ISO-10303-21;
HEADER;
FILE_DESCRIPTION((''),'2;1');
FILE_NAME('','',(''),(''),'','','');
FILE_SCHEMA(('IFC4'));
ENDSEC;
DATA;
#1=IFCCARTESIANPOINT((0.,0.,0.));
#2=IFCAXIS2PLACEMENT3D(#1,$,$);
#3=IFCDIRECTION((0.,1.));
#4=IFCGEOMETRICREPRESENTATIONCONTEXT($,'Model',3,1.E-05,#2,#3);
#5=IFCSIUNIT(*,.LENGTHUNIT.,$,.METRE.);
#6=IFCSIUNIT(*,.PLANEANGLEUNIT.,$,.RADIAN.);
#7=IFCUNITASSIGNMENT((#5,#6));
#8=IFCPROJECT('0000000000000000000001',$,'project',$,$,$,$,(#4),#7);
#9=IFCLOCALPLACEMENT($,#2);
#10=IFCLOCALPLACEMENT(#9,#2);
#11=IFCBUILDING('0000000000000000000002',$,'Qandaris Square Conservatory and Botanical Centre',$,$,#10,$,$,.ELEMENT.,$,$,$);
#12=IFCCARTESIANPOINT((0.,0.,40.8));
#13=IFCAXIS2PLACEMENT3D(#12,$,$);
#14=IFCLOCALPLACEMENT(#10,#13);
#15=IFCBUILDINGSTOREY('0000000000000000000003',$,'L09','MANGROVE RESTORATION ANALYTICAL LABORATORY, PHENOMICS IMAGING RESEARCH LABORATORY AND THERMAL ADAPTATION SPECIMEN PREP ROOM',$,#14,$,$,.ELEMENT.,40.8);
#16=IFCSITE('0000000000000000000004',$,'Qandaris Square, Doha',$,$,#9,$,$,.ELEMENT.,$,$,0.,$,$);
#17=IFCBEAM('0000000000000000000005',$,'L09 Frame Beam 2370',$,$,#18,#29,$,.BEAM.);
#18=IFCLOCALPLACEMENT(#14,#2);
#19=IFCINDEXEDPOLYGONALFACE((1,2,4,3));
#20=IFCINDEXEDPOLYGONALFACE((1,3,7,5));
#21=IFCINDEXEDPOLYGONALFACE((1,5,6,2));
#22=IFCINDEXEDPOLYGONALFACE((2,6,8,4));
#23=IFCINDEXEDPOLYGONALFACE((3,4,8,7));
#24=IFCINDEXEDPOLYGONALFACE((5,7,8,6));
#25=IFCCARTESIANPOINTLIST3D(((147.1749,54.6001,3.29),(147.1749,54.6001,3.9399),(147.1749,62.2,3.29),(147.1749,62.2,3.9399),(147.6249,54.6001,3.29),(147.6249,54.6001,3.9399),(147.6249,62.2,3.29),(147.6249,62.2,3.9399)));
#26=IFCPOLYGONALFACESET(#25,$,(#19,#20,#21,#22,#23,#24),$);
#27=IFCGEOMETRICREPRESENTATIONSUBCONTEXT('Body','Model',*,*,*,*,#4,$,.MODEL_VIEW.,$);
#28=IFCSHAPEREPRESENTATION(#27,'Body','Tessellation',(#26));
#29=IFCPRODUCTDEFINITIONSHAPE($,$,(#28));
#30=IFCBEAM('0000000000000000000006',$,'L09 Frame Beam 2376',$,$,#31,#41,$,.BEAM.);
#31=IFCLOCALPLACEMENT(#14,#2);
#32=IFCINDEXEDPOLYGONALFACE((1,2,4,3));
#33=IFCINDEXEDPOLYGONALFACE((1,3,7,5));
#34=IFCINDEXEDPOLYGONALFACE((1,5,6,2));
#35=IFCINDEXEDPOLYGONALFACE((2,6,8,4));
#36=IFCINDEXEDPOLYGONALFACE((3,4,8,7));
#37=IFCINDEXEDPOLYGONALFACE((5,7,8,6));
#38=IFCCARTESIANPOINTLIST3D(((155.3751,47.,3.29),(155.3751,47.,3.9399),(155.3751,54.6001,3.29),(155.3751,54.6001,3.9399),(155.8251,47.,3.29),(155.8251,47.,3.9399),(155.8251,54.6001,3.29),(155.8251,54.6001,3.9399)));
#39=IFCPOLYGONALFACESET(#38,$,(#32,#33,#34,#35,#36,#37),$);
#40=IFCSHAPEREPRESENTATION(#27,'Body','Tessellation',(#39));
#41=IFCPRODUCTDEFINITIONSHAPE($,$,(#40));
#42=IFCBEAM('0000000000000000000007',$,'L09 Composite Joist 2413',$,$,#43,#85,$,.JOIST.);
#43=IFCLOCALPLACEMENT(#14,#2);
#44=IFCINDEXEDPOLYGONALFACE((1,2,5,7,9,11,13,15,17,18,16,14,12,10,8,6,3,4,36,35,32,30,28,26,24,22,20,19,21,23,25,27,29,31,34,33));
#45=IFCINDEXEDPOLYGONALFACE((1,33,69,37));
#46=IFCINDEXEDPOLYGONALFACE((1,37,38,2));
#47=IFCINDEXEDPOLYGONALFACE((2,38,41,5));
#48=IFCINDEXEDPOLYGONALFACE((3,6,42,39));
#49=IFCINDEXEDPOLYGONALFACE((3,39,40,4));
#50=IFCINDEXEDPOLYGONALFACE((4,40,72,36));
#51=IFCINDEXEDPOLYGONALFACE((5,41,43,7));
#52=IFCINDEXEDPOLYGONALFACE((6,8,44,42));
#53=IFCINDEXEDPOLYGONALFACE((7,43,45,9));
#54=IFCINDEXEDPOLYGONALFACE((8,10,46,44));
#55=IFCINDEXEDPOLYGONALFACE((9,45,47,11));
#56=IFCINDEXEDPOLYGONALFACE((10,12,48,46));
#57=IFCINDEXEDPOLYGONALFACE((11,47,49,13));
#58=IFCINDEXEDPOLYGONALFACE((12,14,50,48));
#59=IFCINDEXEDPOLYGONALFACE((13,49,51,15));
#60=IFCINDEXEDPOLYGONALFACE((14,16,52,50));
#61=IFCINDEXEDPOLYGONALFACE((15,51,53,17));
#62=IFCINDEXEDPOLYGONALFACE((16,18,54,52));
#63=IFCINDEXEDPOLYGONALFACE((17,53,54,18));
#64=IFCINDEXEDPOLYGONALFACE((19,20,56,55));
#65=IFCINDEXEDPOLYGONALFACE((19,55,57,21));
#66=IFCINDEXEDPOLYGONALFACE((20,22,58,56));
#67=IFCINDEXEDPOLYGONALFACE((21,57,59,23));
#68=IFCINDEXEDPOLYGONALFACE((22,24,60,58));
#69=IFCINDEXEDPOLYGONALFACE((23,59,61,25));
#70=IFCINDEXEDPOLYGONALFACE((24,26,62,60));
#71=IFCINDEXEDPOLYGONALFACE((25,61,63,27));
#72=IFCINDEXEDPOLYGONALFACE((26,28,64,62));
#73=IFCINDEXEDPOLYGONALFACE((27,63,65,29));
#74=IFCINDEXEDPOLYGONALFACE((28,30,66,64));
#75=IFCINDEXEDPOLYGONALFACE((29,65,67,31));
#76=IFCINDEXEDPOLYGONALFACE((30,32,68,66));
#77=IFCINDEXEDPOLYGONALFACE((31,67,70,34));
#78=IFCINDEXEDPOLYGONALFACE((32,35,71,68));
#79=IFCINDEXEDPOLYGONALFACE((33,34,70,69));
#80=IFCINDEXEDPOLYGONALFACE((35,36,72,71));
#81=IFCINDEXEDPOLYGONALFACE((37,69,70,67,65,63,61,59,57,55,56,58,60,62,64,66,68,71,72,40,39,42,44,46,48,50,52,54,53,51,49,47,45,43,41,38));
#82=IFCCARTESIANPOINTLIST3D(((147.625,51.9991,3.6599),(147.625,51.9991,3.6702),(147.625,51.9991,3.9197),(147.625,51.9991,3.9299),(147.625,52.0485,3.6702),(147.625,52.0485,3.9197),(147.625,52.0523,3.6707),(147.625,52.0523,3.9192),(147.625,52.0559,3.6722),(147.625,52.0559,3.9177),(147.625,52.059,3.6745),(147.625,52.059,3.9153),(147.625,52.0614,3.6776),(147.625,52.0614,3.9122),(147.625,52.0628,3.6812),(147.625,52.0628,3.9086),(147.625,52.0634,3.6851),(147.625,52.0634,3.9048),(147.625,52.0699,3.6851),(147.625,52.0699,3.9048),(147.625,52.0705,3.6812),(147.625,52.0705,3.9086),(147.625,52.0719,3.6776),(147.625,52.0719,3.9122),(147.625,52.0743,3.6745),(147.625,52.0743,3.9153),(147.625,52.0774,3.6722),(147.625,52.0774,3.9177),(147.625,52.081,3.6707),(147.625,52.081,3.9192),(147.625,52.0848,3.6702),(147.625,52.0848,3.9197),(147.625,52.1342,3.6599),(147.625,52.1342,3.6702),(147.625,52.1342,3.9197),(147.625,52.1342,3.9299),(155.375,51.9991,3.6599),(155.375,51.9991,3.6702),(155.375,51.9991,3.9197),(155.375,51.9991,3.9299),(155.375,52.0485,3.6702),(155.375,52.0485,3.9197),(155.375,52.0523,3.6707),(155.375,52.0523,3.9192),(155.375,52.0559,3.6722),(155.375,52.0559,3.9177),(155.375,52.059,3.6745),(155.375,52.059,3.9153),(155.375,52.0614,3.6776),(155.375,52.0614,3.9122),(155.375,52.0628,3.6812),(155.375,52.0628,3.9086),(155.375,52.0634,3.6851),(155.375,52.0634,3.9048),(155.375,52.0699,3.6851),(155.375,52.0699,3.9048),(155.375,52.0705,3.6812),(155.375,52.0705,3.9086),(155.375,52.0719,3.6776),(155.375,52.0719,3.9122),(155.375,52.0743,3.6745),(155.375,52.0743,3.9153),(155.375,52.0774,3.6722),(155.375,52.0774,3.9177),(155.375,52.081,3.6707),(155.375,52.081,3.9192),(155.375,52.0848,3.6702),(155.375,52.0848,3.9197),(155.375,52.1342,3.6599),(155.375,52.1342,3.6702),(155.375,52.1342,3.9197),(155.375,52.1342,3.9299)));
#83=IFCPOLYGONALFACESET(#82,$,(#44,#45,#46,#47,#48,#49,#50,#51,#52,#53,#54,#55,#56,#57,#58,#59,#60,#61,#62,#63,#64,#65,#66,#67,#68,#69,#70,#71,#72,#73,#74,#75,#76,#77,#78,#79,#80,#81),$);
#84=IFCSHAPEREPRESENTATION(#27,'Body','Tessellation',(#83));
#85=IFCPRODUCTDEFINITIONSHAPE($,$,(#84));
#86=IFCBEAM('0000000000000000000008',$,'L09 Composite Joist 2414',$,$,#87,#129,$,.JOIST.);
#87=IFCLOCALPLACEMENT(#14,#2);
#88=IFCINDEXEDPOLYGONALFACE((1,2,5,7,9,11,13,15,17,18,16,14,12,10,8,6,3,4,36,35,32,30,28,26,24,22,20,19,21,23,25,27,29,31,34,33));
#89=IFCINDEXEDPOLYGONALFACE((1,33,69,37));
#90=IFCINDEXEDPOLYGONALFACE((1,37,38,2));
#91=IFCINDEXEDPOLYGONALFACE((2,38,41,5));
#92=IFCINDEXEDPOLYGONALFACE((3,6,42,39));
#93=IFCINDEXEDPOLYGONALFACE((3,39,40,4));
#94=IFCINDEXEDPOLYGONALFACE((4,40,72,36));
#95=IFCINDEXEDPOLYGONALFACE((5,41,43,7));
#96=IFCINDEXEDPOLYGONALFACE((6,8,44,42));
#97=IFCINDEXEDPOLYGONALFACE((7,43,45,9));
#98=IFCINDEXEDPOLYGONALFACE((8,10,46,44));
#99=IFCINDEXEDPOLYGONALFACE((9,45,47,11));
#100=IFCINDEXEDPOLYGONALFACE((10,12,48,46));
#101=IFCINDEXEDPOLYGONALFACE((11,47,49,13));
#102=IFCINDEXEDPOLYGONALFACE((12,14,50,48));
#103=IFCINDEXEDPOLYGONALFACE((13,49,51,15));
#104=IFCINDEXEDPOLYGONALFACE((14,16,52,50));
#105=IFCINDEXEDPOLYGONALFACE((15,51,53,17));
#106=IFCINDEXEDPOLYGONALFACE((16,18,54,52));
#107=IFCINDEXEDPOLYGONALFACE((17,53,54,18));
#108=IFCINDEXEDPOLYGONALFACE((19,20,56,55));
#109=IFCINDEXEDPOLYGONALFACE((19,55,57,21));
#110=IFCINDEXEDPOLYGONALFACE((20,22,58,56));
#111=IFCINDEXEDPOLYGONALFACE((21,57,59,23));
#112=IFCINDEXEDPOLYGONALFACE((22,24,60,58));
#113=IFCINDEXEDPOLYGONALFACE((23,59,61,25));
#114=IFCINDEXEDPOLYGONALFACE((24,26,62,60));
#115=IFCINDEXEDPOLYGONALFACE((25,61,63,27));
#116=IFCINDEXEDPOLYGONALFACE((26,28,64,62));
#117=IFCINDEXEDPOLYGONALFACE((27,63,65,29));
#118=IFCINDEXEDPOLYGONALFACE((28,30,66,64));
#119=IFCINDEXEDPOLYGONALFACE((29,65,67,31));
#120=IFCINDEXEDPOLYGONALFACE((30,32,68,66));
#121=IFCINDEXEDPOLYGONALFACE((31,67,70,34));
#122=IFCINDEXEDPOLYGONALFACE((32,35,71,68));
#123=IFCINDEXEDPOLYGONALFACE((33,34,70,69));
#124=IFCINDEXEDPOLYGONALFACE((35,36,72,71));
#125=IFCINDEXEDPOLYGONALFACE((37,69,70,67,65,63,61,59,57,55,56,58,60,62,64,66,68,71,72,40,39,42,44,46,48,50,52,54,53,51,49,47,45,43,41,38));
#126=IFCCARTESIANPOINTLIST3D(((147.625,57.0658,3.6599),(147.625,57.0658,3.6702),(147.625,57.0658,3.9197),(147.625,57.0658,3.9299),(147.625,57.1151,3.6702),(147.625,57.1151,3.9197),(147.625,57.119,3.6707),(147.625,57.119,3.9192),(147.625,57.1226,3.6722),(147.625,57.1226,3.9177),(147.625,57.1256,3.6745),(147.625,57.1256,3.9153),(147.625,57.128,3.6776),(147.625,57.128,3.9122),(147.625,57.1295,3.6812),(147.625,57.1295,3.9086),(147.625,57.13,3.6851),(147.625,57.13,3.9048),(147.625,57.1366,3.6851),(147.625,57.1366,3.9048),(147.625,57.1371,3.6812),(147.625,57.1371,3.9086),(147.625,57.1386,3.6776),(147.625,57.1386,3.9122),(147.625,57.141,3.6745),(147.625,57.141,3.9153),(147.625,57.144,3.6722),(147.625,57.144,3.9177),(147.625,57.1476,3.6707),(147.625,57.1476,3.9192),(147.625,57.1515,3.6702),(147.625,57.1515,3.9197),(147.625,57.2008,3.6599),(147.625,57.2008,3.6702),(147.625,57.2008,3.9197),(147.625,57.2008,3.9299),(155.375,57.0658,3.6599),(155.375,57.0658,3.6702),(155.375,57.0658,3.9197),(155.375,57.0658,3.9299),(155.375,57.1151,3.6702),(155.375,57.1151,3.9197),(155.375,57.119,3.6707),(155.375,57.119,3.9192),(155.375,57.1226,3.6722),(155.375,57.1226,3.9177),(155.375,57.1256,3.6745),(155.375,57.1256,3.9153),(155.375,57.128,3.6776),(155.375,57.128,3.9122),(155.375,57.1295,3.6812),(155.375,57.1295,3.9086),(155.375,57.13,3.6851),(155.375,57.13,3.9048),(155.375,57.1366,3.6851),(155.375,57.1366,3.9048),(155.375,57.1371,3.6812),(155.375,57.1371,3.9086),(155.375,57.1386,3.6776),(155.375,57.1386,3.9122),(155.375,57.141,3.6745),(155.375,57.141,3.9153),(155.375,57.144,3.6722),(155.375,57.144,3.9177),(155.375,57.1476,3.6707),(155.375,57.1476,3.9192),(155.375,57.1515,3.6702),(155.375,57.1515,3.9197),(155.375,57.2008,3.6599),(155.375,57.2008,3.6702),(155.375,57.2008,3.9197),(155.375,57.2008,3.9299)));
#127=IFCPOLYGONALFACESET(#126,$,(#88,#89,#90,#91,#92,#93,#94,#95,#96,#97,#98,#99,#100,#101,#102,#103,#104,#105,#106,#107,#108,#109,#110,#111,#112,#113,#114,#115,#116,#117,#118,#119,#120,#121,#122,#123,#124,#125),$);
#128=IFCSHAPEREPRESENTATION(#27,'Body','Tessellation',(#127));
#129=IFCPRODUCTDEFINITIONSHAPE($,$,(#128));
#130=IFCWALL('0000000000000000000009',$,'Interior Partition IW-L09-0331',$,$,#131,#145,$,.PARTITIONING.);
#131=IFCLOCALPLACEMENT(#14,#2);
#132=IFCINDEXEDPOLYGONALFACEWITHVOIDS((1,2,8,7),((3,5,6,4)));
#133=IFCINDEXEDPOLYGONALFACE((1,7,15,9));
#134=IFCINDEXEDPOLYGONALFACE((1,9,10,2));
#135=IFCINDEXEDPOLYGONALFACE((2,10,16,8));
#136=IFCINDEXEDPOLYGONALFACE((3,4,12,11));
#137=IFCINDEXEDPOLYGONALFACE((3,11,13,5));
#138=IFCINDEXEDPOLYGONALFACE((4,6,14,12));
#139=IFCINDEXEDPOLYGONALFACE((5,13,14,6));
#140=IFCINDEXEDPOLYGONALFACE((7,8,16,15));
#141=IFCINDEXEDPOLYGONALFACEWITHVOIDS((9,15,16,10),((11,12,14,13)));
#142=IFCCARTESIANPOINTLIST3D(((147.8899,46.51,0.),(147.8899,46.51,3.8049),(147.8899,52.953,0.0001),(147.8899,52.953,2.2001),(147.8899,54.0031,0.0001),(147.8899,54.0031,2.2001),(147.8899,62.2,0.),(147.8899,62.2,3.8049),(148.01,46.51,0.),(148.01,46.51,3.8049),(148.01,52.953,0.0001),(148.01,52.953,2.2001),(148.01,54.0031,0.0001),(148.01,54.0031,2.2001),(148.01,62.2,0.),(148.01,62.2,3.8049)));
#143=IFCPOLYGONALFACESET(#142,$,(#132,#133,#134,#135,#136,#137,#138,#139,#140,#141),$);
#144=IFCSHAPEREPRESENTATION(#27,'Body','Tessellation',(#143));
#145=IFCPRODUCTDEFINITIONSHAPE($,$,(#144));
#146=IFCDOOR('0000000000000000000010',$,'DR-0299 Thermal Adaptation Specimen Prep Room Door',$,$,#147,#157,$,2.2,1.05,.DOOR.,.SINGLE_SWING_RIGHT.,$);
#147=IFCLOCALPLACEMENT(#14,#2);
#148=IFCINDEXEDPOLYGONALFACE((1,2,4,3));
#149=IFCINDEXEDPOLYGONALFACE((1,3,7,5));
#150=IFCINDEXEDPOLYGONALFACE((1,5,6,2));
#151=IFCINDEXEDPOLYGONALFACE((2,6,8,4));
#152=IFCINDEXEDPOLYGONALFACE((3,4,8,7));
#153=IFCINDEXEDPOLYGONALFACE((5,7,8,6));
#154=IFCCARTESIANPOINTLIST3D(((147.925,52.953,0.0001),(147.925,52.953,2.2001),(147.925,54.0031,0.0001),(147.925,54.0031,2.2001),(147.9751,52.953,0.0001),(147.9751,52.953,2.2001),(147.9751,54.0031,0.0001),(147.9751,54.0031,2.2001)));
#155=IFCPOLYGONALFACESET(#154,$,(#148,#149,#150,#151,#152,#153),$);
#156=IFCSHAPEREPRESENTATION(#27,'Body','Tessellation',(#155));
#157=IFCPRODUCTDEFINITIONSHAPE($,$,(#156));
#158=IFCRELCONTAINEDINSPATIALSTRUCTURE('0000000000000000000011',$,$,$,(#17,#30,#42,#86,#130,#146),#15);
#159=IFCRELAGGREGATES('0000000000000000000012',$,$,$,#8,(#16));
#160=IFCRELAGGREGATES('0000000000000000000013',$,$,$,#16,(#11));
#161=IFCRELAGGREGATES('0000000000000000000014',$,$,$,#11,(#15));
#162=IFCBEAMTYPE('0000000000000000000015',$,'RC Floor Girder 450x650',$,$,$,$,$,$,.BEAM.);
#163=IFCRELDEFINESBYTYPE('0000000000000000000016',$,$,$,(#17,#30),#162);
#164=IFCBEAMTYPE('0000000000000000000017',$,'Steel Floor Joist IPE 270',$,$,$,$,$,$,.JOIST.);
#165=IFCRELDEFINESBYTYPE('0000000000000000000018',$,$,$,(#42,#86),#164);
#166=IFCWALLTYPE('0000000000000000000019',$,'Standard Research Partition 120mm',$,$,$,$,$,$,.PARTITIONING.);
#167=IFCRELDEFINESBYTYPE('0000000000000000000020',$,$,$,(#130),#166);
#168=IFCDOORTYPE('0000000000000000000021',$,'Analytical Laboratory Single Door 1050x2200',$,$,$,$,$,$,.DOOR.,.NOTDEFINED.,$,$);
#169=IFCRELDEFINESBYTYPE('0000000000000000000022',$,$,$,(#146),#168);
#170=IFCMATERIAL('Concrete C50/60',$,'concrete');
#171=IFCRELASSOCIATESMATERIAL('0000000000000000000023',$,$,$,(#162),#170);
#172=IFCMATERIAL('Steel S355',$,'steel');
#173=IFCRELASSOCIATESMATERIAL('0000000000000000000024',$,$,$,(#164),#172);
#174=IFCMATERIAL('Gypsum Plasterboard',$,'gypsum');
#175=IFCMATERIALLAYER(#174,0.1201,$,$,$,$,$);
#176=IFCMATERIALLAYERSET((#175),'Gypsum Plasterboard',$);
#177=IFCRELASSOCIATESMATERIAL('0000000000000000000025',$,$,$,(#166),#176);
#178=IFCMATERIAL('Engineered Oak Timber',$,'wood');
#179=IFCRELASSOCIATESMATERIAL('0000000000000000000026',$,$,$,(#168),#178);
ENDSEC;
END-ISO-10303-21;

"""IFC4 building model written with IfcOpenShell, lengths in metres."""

from ifc_helpers import new_model, si_unit, direction, frame, frame_2d, origin, origin_2d, place, context, subcontext, project, spatial, rectangle, i_section, extrude, material, layer, layer_set, material_profile, profile_set, type_object, element, fill, save


model = new_model("IFC4")

# Units and contexts
model_context = context("Model", 3, precision=1e-05, world=origin(), true_north=direction((0.0, 1.0)))
body_context = subcontext(model_context, "Body", "Model", "MODEL_VIEW")
ifc_project = project(units=[si_unit("LENGTHUNIT", "METRE"), si_unit("PLANEANGLEUNIT", "RADIAN")], contexts=[model_context])

# Site, building, storey
site_placement = place(None, origin())
site = spatial("IfcSite", under=ifc_project, at=site_placement, Name="Qandaris Square, Doha", CompositionType="ELEMENT", RefElevation=0.0)
building_placement = place(site_placement, origin())
building = spatial("IfcBuilding", under=site, at=building_placement, Name="Qandaris Square Conservatory and Botanical Centre", CompositionType="ELEMENT")
storey_placement = place(building_placement, frame((0.0, 0.0, 40.8)))
storey = spatial("IfcBuildingStorey", under=building, at=storey_placement, Name="L09", Description="MANGROVE RESTORATION ANALYTICAL LABORATORY, PHENOMICS IMAGING RESEARCH LABORATORY AND THERMAL ADAPTATION SPECIMEN PREP ROOM", CompositionType="ELEMENT", Elevation=40.8)

# Shared definitions
ifc_material_1 = material(Name="Concrete C50/60", Category="concrete")

# Beams
ifc_material_2 = material(Name="Steel S355", Category="steel")
ifc_material_profile_1 = material_profile(ifc_material_1, rectangle(XDim=0.45, YDim=0.6499, at=origin_2d()), Name="RC-BM 450x650")
ifc_profile_set_1 = profile_set([ifc_material_profile_1], Name="Concrete C50/60")
beam_type_1 = type_object("IfcBeamType", Name="RC Floor Girder 450x650", PredefinedType="BEAM", material=ifc_profile_set_1)
beam_1_placement = place(storey_placement, frame((147.3999, 54.6001, 3.615), z_axis=(0.0, 1.0, 0.0), x_axis=(-1.0, 0.0, 0.0)))
element("IfcBeam", 1, at=beam_1_placement, inside=storey, type_object=beam_type_1, Name="L09 Frame Beam 2370", PredefinedType="BEAM", context=body_context, shape_type="SweptSolid", body=[
    extrude(rectangle(XDim=0.45, YDim=0.6499, at=origin_2d()), origin(), (0.0, 0.0, 1.0), 7.5999),
])
beam_2_placement = place(storey_placement, frame((155.6001, 47.0, 3.615), z_axis=(0.0, 1.0, 0.0), x_axis=(-1.0, 0.0, 0.0)))
element("IfcBeam", 2, at=beam_2_placement, inside=storey, type_object=beam_type_1, Name="L09 Frame Beam 2376", PredefinedType="BEAM", context=body_context, shape_type="SweptSolid", body=[
    extrude(rectangle(XDim=0.45, YDim=0.6499, at=origin_2d()), origin(), (0.0, 0.0, 1.0), 7.6001),
])
ifc_material_profile_2 = material_profile(ifc_material_2, i_section(OverallWidth=0.135, OverallDepth=0.27, WebThickness=0.0066, FlangeThickness=0.0103, FilletRadius=0.0149, at=origin_2d()), Name="IPE 270")
ifc_profile_set_2 = profile_set([ifc_material_profile_2], Name="Steel S355")
beam_type_2 = type_object("IfcBeamType", Name="Steel Floor Joist IPE 270", PredefinedType="JOIST", material=ifc_profile_set_2)
for number, where, z_axis, x_axis, name in (
    (3, (147.625, 52.0667, 3.7949), (1.0, 0.0, 0.0), (0.0, 1.0, 0.0), "L09 Composite Joist 2413"),
    (4, (147.625, 57.1333, 3.7949), (1.0, 0.0, 0.0), (0.0, 1.0, 0.0), "L09 Composite Joist 2414"),
):
    element("IfcBeam", number, at=place(storey_placement, frame(where, z_axis=z_axis, x_axis=x_axis)), inside=storey, type_object=beam_type_2, Name=name, PredefinedType="JOIST", context=body_context, shape_type="SweptSolid", body=[
        extrude(i_section(OverallWidth=0.135, OverallDepth=0.27, WebThickness=0.0066, FlangeThickness=0.0103, FilletRadius=0.0149, at=origin_2d()), origin(), (0.0, 0.0, 1.0), 7.75),
    ])

# Wall, opening, door
ifc_material_3 = material(Name="Gypsum Plasterboard", Category="gypsum")
ifc_layer = layer(ifc_material_3, 0.1201)
ifc_layer_set = layer_set([ifc_layer], Name="Gypsum Plasterboard")
wall_type = type_object("IfcWallType", Name="Standard Research Partition 120mm", PredefinedType="PARTITIONING", material=ifc_layer_set)
ifc_material_4 = material(Name="Engineered Oak Timber", Category="wood")
wall_1_placement = place(storey_placement, frame((147.95, 46.51, 0.0), z_axis=(0.0, 0.0, 1.0), x_axis=(0.0, 1.0, 0.0)))
wall_1 = element("IfcWall", 5, at=wall_1_placement, inside=storey, type_object=wall_type, Name="Interior Partition IW-L09-0331", PredefinedType="PARTITIONING", context=body_context, shape_type="SweptSolid", body=[
    extrude(rectangle(XDim=15.6899, YDim=0.1201, at=frame_2d((7.845, 0.0))), origin(), (0.0, 0.0, 1.0), 3.8049),
])
opening_1_placement = place(wall_1_placement, frame((6.4431, 0.0, 0.0)))
opening_1 = element("IfcOpeningElement", 6, at=opening_1_placement, cuts=wall_1, PredefinedType="OPENING", context=body_context, shape_type="SweptSolid", body=[
    extrude(rectangle(XDim=1.05, YDim=2.2, at=frame_2d((0.5249, 1.1001))), frame((0.0, 0.072, 0.0), z_axis=(0.0, -1.0, 0.0), x_axis=(1.0, 0.0, 0.0)), (0.0, 0.0, 1.0), 0.144),
])
door_type_1 = type_object("IfcDoorType", Name="Analytical Laboratory Single Door 1050x2200", OperationType="NOTDEFINED", PredefinedType="DOOR", material=ifc_material_4)
door_1_placement = place(opening_1_placement, origin())
door_1 = element("IfcDoor", 7, at=door_1_placement, inside=storey, type_object=door_type_1, Name="DR-0299 Thermal Adaptation Specimen Prep Room Door", OperationType="SINGLE_SWING_RIGHT", OverallHeight=2.2, OverallWidth=1.05, PredefinedType="DOOR", context=body_context, shape_type="SweptSolid", body=[
    extrude(rectangle(XDim=1.05, YDim=2.2, at=frame_2d((0.5249, 1.1001))), frame((0.0, 0.0249, 0.0), z_axis=(0.0, -1.0, 0.0), x_axis=(1.0, 0.0, 0.0)), (0.0, 0.0, 1.0), 0.05),
])
fill(opening_1, door_1)

save(model, "model.ifc")
